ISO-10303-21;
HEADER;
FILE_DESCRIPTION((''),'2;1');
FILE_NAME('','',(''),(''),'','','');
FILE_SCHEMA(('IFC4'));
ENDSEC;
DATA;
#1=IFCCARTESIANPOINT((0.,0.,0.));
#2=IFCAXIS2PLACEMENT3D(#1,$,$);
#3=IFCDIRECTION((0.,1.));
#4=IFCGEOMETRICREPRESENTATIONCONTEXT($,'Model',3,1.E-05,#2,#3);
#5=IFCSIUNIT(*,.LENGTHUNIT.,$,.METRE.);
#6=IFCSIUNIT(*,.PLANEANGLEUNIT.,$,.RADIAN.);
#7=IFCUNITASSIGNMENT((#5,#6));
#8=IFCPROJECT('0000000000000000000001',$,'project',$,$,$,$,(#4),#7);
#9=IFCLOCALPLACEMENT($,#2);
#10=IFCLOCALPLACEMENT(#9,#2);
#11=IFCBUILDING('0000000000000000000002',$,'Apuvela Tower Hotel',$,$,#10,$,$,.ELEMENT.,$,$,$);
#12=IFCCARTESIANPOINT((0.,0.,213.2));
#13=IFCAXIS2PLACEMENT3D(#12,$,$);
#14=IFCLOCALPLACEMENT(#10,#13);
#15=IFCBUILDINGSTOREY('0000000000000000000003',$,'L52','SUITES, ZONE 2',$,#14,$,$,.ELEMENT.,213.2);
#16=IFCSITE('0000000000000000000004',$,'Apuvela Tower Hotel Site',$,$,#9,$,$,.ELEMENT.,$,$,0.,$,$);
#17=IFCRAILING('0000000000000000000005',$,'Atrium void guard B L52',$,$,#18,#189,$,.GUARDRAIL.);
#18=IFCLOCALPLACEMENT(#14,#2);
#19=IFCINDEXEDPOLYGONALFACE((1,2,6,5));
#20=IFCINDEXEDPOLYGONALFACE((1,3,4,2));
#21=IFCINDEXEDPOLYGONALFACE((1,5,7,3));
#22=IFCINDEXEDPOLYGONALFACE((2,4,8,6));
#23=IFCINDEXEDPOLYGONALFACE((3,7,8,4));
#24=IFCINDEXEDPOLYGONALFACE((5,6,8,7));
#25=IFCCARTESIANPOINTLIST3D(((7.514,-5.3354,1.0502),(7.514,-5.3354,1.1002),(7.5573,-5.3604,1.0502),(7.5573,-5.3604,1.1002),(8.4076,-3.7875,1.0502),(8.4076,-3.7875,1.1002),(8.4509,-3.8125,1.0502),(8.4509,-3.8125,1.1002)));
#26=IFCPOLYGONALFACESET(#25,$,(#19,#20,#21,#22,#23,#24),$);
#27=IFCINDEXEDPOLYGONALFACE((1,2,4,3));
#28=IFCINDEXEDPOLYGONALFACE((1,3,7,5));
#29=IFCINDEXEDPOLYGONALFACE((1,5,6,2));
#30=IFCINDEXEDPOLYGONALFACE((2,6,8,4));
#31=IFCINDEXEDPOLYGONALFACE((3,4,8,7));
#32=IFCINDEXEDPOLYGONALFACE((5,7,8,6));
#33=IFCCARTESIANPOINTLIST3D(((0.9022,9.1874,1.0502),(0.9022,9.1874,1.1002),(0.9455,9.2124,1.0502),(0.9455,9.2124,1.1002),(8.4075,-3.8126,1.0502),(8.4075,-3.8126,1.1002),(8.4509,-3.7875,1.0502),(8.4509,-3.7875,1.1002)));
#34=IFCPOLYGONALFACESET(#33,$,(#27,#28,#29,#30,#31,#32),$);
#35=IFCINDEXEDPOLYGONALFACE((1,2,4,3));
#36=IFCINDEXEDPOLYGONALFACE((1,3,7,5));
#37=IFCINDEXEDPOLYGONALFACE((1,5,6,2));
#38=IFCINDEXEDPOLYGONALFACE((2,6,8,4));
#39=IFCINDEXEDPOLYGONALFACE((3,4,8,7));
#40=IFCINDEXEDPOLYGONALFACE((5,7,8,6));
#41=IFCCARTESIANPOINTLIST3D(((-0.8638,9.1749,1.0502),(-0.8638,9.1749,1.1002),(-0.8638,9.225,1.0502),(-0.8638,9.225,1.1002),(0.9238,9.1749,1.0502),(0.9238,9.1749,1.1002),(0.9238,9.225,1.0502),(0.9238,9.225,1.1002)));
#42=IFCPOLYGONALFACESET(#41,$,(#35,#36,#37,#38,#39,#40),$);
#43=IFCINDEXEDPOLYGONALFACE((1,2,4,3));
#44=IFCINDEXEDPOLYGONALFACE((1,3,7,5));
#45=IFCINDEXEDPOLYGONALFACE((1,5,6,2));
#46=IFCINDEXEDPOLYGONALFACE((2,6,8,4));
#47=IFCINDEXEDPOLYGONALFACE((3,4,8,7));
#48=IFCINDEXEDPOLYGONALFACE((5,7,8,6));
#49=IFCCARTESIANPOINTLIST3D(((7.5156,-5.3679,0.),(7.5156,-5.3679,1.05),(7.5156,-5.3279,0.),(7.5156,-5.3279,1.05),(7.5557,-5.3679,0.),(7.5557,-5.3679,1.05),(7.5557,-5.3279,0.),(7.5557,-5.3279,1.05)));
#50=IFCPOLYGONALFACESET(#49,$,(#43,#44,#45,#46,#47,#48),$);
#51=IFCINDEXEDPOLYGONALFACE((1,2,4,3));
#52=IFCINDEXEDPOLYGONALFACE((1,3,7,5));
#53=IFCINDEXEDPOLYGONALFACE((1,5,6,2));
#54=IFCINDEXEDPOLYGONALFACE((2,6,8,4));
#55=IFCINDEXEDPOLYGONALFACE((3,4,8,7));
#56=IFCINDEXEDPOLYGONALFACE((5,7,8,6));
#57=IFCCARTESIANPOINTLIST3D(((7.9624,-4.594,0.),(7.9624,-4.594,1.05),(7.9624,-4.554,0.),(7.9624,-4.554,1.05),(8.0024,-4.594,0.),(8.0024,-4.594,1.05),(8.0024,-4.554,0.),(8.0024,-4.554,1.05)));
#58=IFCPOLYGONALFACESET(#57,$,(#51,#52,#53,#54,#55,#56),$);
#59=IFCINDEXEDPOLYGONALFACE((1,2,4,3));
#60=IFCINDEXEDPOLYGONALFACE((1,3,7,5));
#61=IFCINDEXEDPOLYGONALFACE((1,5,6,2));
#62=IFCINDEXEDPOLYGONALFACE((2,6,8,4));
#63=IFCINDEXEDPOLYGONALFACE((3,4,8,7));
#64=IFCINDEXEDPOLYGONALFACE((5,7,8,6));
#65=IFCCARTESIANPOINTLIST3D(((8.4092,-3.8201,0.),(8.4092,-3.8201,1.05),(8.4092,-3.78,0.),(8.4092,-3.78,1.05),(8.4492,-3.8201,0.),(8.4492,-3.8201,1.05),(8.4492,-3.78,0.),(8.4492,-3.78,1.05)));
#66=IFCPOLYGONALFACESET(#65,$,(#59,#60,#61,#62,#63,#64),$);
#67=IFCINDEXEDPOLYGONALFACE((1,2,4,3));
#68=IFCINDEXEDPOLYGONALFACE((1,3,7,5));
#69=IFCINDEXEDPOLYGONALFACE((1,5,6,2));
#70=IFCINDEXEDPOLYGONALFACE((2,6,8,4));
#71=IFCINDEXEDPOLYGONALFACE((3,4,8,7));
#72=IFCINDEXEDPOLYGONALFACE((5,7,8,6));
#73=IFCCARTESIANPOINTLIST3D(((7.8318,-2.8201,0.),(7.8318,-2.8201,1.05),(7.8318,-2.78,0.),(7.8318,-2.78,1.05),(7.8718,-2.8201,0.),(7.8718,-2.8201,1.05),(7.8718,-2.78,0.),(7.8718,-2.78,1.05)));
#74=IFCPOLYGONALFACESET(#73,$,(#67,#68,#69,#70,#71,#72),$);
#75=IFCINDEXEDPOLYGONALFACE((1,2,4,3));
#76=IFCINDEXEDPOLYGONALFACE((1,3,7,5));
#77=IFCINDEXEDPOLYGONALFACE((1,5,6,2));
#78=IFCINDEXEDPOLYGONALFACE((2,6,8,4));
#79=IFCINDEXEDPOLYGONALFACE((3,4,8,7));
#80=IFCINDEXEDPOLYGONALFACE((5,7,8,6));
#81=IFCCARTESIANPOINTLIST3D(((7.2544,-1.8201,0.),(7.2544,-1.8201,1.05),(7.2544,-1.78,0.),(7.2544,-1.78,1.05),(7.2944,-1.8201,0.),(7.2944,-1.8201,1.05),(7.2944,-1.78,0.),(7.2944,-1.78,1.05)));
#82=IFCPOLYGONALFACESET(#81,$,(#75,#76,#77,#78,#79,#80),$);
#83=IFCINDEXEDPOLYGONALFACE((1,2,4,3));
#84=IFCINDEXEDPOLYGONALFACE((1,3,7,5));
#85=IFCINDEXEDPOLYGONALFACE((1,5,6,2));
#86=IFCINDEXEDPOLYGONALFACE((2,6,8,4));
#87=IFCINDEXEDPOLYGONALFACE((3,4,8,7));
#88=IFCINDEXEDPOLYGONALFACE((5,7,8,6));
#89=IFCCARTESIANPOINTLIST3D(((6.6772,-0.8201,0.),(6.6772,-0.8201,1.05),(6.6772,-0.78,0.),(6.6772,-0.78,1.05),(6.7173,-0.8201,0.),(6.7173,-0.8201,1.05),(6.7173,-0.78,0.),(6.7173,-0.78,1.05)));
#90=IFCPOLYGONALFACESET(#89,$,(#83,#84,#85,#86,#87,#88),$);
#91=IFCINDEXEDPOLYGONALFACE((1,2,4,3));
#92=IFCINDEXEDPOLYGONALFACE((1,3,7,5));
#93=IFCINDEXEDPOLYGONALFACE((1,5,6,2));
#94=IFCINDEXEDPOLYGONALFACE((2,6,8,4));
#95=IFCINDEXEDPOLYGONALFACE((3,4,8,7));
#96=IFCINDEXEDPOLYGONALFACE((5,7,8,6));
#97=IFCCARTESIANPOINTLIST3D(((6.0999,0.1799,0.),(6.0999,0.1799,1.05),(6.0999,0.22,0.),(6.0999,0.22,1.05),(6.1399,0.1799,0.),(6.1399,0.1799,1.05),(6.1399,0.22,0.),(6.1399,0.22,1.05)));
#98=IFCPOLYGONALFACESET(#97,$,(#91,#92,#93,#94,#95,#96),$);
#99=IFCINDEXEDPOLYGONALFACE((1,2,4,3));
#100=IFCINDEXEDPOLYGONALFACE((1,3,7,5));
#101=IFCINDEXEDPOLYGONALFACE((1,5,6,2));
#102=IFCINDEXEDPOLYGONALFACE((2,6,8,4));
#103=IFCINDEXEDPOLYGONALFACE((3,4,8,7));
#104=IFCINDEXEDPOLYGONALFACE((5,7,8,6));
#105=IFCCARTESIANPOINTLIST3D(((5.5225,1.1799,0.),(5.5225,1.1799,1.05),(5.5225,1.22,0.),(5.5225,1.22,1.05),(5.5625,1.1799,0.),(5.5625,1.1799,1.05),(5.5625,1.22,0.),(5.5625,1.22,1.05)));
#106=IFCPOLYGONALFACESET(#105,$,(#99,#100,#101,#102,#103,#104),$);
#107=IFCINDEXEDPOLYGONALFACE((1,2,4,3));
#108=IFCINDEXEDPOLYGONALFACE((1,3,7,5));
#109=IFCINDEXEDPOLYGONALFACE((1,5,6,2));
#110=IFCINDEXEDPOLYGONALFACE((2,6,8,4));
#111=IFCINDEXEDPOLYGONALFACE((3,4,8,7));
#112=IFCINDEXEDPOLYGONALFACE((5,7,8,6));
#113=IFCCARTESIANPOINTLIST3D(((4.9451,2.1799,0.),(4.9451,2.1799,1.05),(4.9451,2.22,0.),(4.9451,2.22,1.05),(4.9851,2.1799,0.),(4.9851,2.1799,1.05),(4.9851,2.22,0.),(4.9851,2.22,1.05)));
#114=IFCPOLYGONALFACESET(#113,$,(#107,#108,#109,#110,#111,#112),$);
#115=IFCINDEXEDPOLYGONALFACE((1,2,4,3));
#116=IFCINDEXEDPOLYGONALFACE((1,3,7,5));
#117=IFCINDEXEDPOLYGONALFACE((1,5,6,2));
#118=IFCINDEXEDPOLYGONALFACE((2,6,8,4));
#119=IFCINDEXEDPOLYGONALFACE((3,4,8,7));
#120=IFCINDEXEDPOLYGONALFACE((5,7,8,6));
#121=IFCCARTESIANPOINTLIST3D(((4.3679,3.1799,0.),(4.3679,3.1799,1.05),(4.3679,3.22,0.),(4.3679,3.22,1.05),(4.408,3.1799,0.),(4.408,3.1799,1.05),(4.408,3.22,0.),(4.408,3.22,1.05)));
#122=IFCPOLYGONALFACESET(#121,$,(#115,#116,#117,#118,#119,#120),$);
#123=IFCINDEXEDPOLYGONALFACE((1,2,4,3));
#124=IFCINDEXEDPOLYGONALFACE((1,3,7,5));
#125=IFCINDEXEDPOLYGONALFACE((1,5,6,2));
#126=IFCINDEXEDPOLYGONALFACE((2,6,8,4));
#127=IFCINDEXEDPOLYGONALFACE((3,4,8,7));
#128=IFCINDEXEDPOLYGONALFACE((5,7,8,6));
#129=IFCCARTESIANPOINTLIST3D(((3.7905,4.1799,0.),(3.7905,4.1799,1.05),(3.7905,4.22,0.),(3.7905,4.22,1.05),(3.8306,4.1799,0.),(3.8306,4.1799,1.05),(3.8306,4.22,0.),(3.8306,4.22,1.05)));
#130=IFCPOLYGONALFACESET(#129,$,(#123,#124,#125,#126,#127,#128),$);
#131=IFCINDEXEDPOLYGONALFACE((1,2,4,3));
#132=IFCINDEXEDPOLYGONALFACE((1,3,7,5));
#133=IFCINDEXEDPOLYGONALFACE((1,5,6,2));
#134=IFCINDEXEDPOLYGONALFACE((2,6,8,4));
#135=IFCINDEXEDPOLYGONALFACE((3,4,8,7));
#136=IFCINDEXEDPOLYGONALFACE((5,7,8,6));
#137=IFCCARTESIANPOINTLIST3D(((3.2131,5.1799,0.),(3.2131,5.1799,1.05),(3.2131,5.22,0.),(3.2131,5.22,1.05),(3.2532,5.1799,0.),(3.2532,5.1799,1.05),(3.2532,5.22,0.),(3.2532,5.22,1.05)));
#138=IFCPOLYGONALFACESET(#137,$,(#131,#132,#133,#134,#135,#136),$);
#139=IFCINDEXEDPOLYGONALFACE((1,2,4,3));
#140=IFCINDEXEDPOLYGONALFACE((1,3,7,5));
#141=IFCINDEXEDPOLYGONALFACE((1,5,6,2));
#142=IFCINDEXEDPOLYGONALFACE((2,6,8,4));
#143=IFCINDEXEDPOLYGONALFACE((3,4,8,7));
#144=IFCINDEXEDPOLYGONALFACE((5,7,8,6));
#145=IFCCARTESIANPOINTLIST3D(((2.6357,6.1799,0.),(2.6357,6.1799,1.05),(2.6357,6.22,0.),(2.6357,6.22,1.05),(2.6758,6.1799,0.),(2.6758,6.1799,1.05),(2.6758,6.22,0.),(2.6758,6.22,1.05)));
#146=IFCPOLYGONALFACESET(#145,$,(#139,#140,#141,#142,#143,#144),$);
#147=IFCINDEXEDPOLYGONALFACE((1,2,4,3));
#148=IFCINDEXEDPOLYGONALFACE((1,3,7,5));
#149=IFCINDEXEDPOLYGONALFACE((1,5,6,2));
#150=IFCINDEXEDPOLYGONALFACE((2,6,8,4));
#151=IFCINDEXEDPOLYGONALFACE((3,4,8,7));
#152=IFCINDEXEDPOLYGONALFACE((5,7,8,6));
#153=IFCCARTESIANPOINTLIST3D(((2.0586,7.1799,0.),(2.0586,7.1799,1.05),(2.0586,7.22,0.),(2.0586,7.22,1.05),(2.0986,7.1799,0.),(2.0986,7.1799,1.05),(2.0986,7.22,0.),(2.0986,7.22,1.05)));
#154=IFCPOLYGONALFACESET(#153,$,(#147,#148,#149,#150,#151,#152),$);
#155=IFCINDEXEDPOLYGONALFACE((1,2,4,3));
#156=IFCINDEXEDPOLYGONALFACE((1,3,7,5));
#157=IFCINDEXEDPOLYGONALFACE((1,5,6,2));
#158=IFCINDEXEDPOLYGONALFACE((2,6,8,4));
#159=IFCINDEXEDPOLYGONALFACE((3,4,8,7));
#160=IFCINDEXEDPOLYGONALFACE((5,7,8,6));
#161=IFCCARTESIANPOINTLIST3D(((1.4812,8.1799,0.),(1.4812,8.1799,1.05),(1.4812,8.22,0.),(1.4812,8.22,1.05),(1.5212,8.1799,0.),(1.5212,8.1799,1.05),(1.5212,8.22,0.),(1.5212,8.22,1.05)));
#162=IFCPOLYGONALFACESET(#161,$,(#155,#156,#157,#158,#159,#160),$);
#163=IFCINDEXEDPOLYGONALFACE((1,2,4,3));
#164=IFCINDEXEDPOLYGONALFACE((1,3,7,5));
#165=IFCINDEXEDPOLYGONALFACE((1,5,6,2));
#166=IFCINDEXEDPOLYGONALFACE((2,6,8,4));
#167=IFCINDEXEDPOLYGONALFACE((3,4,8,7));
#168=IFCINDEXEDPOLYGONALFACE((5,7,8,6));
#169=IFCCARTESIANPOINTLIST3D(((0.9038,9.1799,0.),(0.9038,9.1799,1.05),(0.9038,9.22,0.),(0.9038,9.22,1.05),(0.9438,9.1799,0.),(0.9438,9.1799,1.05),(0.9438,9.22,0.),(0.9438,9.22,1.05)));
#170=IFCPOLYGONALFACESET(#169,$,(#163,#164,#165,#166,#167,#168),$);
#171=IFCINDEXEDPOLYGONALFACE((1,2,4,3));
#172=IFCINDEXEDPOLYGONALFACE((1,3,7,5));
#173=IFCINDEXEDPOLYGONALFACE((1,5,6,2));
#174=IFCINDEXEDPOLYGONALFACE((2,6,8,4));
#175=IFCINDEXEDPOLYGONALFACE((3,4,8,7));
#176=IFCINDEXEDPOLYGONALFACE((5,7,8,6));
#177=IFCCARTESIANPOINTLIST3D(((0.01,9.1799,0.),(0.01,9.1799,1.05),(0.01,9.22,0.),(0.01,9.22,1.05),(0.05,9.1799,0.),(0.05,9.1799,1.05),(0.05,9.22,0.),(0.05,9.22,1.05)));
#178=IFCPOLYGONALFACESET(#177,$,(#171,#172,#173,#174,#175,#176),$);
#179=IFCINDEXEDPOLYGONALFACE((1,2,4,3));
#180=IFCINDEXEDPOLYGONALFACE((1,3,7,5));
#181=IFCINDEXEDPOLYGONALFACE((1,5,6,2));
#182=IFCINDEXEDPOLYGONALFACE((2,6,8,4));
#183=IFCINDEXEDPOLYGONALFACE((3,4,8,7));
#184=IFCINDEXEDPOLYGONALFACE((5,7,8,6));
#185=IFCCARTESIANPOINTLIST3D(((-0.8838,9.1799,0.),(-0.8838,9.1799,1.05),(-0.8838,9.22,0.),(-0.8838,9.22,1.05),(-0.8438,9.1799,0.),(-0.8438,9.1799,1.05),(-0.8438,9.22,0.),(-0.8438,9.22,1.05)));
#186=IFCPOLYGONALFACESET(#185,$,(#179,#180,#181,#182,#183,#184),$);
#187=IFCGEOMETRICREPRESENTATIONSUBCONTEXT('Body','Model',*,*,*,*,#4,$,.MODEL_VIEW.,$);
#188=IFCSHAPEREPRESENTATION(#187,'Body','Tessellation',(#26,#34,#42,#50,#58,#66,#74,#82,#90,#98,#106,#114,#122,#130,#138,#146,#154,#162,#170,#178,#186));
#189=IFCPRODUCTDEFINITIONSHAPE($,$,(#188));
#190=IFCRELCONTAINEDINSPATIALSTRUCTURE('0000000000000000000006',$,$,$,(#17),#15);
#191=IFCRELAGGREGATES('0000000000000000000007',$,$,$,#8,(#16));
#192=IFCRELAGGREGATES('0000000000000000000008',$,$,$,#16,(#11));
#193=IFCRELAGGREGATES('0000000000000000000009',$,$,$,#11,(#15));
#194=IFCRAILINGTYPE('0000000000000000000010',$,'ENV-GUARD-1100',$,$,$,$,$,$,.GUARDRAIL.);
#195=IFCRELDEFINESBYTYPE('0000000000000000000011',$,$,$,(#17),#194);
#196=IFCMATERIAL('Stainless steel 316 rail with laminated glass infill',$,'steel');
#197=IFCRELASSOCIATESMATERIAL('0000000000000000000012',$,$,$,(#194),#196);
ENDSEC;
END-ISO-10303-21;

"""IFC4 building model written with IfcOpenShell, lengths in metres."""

from ifc_helpers import new_model, si_unit, direction, frame, origin, origin_2d, place, context, subcontext, project, spatial, rectangle, extrude, material, type_object, element, save


model = new_model("IFC4")

# Units and contexts
model_context = context("Model", 3, precision=1e-05, world=origin(), true_north=direction((0.0, 1.0)))
body_context = subcontext(model_context, "Body", "Model", "MODEL_VIEW")
ifc_project = project(units=[si_unit("LENGTHUNIT", "METRE"), si_unit("PLANEANGLEUNIT", "RADIAN")], contexts=[model_context])

# Site, building, storey
site_placement = place(None, origin())
site = spatial("IfcSite", under=ifc_project, at=site_placement, Name="Apuvela Tower Hotel Site", CompositionType="ELEMENT", RefElevation=0.0)
building_placement = place(site_placement, origin())
building = spatial("IfcBuilding", under=site, at=building_placement, Name="Apuvela Tower Hotel", CompositionType="ELEMENT")
storey_placement = place(building_placement, frame((0.0, 0.0, 213.2)))
storey = spatial("IfcBuildingStorey", under=building, at=storey_placement, Name="L52", Description="SUITES, ZONE 2", CompositionType="ELEMENT", Elevation=213.2)

# Railing
ifc_material_1 = material(Name="Stainless steel 316 rail with laminated glass infill", Category="steel")
railing_type_1 = type_object("IfcRailingType", Name="ENV-GUARD-1100", PredefinedType="GUARDRAIL", material=ifc_material_1)
railing_1_placement = place(storey_placement, frame((7.5356, -5.3479, 0.0)))
element("IfcRailing", 1, at=railing_1_placement, inside=storey, type_object=railing_type_1, Name="Atrium void guard B L52", PredefinedType="GUARDRAIL", context=body_context, shape_type="SweptSolid", body=[
    extrude(rectangle(XDim=0.05, YDim=0.05, at=origin_2d()), frame((0.0, 0.0, 1.0752), z_axis=(0.499959, 0.866049, 0.0), x_axis=(-0.866049, 0.499959, 0.0)), (0.0, 0.0, 1.0), 1.7874),
    extrude(rectangle(XDim=0.05, YDim=0.05, at=origin_2d()), frame((0.8936, 1.5479, 1.0752), z_axis=(-0.499991, 0.866031, 0.0), x_axis=(-0.866031, -0.499991, 0.0)), (0.0, 0.0, 1.0), 15.011),
    extrude(rectangle(XDim=0.05, YDim=0.05, at=origin_2d()), frame((-6.6118, 14.5479, 1.0752), z_axis=(-1.0, 0.0, 0.0), x_axis=(0.0, -1.0, 0.0)), (0.0, 0.0, 1.0), 1.7876),
    extrude(rectangle(XDim=0.04, YDim=0.04, at=origin_2d()), origin(), (0.0, 0.0, 1.0), 1.05),
    extrude(rectangle(XDim=0.04, YDim=0.04, at=origin_2d()), frame((0.4468, 0.7739, 0.0)), (0.0, 0.0, 1.0), 1.05),
    extrude(rectangle(XDim=0.04, YDim=0.04, at=origin_2d()), frame((0.8936, 1.5479, 0.0)), (0.0, 0.0, 1.0), 1.05),
    extrude(rectangle(XDim=0.04, YDim=0.04, at=origin_2d()), frame((0.3162, 2.5479, 0.0)), (0.0, 0.0, 1.0), 1.05),
    extrude(rectangle(XDim=0.04, YDim=0.04, at=origin_2d()), frame((-0.2612, 3.5479, 0.0)), (0.0, 0.0, 1.0), 1.05),
    extrude(rectangle(XDim=0.04, YDim=0.04, at=origin_2d()), frame((-0.8384, 4.5479, 0.0)), (0.0, 0.0, 1.0), 1.05),
    extrude(rectangle(XDim=0.04, YDim=0.04, at=origin_2d()), frame((-1.4158, 5.5479, 0.0)), (0.0, 0.0, 1.0), 1.05),
    extrude(rectangle(XDim=0.04, YDim=0.04, at=origin_2d()), frame((-1.9932, 6.5479, 0.0)), (0.0, 0.0, 1.0), 1.05),
    extrude(rectangle(XDim=0.04, YDim=0.04, at=origin_2d()), frame((-2.5706, 7.5479, 0.0)), (0.0, 0.0, 1.0), 1.05),
    extrude(rectangle(XDim=0.04, YDim=0.04, at=origin_2d()), frame((-3.1477, 8.5479, 0.0)), (0.0, 0.0, 1.0), 1.05),
    extrude(rectangle(XDim=0.04, YDim=0.04, at=origin_2d()), frame((-3.7251, 9.5479, 0.0)), (0.0, 0.0, 1.0), 1.05),
    extrude(rectangle(XDim=0.04, YDim=0.04, at=origin_2d()), frame((-4.3025, 10.5479, 0.0)), (0.0, 0.0, 1.0), 1.05),
    extrude(rectangle(XDim=0.04, YDim=0.04, at=origin_2d()), frame((-4.8799, 11.5479, 0.0)), (0.0, 0.0, 1.0), 1.05),
    extrude(rectangle(XDim=0.04, YDim=0.04, at=origin_2d()), frame((-5.457, 12.5479, 0.0)), (0.0, 0.0, 1.0), 1.05),
    extrude(rectangle(XDim=0.04, YDim=0.04, at=origin_2d()), frame((-6.0344, 13.5479, 0.0)), (0.0, 0.0, 1.0), 1.05),
    extrude(rectangle(XDim=0.04, YDim=0.04, at=origin_2d()), frame((-6.6118, 14.5479, 0.0)), (0.0, 0.0, 1.0), 1.05),
    extrude(rectangle(XDim=0.04, YDim=0.04, at=origin_2d()), frame((-7.5056, 14.5479, 0.0)), (0.0, 0.0, 1.0), 1.05),
    extrude(rectangle(XDim=0.04, YDim=0.04, at=origin_2d()), frame((-8.3994, 14.5479, 0.0)), (0.0, 0.0, 1.0), 1.05),
])

save(model, "model.ifc")
